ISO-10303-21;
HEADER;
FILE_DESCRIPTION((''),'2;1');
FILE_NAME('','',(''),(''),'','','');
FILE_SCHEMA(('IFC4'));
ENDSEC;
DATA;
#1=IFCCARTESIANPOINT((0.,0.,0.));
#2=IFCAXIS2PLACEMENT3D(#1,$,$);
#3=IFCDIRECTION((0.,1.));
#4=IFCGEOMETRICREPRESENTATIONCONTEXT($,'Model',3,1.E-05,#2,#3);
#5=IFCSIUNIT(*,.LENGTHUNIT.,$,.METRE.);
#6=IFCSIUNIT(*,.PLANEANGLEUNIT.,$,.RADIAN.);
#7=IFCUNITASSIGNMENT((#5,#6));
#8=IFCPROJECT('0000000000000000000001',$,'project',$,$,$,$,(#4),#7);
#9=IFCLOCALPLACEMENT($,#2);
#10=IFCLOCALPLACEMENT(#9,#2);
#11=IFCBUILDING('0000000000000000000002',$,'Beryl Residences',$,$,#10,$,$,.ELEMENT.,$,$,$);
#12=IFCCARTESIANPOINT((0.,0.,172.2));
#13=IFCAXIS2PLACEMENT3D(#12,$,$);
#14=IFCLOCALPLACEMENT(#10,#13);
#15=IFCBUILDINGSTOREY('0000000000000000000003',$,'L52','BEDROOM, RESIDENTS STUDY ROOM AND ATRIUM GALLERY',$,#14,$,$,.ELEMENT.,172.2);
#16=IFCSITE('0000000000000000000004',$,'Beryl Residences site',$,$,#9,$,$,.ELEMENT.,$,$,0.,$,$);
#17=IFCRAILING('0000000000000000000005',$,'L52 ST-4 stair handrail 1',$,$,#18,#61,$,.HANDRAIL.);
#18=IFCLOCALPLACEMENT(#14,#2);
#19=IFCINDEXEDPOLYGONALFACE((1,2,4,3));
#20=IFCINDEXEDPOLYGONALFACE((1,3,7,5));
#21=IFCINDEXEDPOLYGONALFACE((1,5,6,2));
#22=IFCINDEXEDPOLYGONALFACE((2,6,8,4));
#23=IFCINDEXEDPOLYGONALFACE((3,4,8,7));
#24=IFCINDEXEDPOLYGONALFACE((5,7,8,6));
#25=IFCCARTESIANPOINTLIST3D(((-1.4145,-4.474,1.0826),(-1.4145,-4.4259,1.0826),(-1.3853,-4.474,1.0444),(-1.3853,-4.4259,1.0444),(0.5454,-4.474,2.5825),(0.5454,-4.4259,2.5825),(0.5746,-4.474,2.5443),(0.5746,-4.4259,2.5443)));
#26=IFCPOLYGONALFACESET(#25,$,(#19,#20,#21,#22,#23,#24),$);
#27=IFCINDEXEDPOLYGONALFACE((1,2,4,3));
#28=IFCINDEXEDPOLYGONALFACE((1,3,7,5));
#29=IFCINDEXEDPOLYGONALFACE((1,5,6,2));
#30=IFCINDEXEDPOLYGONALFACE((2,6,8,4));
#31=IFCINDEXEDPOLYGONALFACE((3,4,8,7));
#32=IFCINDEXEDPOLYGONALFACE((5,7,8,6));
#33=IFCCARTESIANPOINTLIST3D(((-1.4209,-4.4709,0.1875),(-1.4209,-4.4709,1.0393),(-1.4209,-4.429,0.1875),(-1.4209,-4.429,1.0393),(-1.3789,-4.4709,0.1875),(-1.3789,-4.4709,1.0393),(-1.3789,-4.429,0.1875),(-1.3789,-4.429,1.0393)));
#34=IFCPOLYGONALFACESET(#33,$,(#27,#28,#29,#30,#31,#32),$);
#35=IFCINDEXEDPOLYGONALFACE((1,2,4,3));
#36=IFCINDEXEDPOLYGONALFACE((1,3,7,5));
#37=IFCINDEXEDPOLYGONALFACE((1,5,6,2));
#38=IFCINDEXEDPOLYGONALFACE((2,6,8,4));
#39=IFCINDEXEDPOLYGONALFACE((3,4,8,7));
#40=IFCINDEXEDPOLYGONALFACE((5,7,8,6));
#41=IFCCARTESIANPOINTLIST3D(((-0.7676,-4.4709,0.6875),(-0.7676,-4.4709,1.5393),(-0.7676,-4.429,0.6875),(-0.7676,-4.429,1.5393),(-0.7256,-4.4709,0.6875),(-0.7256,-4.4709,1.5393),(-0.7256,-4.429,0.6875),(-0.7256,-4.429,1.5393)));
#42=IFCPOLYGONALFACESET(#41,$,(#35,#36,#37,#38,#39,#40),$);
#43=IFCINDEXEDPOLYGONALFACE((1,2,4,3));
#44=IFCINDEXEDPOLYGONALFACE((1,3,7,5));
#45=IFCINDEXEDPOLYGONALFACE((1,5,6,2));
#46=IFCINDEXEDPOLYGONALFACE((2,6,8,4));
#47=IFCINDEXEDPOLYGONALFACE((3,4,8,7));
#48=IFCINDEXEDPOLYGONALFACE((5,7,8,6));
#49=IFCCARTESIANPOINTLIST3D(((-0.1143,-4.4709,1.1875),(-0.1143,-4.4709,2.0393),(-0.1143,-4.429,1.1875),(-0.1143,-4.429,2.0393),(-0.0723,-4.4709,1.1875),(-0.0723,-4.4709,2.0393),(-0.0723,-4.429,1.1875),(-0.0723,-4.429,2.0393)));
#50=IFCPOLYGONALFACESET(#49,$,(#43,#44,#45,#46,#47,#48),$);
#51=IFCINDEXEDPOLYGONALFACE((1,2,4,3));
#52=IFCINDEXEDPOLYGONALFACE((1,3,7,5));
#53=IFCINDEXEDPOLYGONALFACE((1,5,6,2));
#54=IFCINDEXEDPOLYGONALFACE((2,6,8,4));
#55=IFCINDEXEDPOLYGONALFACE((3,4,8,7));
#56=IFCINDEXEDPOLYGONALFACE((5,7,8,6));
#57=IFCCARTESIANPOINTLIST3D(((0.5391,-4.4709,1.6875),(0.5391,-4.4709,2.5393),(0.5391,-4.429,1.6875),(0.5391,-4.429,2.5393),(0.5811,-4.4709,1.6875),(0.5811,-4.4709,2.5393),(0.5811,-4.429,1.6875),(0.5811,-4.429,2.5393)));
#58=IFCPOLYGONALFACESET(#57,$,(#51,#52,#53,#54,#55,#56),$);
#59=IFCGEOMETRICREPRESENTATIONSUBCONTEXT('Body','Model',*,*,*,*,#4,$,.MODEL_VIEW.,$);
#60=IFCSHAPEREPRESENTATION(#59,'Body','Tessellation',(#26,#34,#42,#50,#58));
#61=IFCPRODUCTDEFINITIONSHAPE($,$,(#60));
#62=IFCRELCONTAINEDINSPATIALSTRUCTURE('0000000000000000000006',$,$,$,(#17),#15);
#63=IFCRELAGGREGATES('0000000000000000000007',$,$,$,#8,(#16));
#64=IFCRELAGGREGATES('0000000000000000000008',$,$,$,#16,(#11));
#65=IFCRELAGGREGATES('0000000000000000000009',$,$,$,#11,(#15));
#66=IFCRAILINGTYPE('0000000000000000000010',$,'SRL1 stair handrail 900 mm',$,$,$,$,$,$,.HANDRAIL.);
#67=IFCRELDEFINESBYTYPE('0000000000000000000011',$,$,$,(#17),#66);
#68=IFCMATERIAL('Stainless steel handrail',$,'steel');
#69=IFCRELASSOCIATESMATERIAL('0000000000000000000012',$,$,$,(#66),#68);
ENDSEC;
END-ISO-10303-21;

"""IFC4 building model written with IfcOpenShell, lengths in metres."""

from ifc_helpers import new_model, si_unit, direction, frame, origin, origin_2d, place, context, subcontext, project, spatial, rectangle, extrude, material, type_object, element, save


model = new_model("IFC4")

# Units and contexts
model_context = context("Model", 3, precision=1e-05, world=origin(), true_north=direction((0.0, 1.0)))
body_context = subcontext(model_context, "Body", "Model", "MODEL_VIEW")
ifc_project = project(units=[si_unit("LENGTHUNIT", "METRE"), si_unit("PLANEANGLEUNIT", "RADIAN")], contexts=[model_context])

# Site, building, storey
site_placement = place(None, origin())
site = spatial("IfcSite", under=ifc_project, at=site_placement, Name="Beryl Residences site", CompositionType="ELEMENT", RefElevation=0.0)
building_placement = place(site_placement, origin())
building = spatial("IfcBuilding", under=site, at=building_placement, Name="Beryl Residences", CompositionType="ELEMENT")
storey_placement = place(building_placement, frame((0.0, 0.0, 172.2)))
storey = spatial("IfcBuildingStorey", under=building, at=storey_placement, Name="L52", Description="BEDROOM, RESIDENTS STUDY ROOM AND ATRIUM GALLERY", CompositionType="ELEMENT", Elevation=172.2)

# Railing
ifc_material_1 = material(Name="Stainless steel handrail", Category="steel")
railing_type_1 = type_object("IfcRailingType", Name="SRL1 stair handrail 900 mm", PredefinedType="HANDRAIL", material=ifc_material_1)
railing_1_placement = place(storey_placement, frame((-1.3999, -4.45, 0.1875)))
element("IfcRailing", 1, at=railing_1_placement, inside=storey, type_object=railing_type_1, Name="L52 ST-4 stair handrail 1", PredefinedType="HANDRAIL", context=body_context, shape_type="SweptSolid", body=[
    extrude(rectangle(XDim=0.0481, YDim=0.0481, at=origin_2d()), frame((0.0, 0.0, 0.876), z_axis=(0.794122, 0.0, 0.607758), x_axis=(0.0, 1.0, 0.0)), (0.0, 0.0, 1.0), 2.468),
    extrude(rectangle(XDim=0.042, YDim=0.042, at=origin_2d()), origin(), (0.0, 0.0, 1.0), 0.8518),
    extrude(rectangle(XDim=0.042, YDim=0.042, at=origin_2d()), frame((0.6533, 0.0, 0.5)), (0.0, 0.0, 1.0), 0.8518),
    extrude(rectangle(XDim=0.042, YDim=0.042, at=origin_2d()), frame((1.3066, 0.0, 1.0)), (0.0, 0.0, 1.0), 0.8518),
    extrude(rectangle(XDim=0.042, YDim=0.042, at=origin_2d()), frame((1.96, 0.0, 1.5)), (0.0, 0.0, 1.0), 0.8518),
])

save(model, "model.ifc")
